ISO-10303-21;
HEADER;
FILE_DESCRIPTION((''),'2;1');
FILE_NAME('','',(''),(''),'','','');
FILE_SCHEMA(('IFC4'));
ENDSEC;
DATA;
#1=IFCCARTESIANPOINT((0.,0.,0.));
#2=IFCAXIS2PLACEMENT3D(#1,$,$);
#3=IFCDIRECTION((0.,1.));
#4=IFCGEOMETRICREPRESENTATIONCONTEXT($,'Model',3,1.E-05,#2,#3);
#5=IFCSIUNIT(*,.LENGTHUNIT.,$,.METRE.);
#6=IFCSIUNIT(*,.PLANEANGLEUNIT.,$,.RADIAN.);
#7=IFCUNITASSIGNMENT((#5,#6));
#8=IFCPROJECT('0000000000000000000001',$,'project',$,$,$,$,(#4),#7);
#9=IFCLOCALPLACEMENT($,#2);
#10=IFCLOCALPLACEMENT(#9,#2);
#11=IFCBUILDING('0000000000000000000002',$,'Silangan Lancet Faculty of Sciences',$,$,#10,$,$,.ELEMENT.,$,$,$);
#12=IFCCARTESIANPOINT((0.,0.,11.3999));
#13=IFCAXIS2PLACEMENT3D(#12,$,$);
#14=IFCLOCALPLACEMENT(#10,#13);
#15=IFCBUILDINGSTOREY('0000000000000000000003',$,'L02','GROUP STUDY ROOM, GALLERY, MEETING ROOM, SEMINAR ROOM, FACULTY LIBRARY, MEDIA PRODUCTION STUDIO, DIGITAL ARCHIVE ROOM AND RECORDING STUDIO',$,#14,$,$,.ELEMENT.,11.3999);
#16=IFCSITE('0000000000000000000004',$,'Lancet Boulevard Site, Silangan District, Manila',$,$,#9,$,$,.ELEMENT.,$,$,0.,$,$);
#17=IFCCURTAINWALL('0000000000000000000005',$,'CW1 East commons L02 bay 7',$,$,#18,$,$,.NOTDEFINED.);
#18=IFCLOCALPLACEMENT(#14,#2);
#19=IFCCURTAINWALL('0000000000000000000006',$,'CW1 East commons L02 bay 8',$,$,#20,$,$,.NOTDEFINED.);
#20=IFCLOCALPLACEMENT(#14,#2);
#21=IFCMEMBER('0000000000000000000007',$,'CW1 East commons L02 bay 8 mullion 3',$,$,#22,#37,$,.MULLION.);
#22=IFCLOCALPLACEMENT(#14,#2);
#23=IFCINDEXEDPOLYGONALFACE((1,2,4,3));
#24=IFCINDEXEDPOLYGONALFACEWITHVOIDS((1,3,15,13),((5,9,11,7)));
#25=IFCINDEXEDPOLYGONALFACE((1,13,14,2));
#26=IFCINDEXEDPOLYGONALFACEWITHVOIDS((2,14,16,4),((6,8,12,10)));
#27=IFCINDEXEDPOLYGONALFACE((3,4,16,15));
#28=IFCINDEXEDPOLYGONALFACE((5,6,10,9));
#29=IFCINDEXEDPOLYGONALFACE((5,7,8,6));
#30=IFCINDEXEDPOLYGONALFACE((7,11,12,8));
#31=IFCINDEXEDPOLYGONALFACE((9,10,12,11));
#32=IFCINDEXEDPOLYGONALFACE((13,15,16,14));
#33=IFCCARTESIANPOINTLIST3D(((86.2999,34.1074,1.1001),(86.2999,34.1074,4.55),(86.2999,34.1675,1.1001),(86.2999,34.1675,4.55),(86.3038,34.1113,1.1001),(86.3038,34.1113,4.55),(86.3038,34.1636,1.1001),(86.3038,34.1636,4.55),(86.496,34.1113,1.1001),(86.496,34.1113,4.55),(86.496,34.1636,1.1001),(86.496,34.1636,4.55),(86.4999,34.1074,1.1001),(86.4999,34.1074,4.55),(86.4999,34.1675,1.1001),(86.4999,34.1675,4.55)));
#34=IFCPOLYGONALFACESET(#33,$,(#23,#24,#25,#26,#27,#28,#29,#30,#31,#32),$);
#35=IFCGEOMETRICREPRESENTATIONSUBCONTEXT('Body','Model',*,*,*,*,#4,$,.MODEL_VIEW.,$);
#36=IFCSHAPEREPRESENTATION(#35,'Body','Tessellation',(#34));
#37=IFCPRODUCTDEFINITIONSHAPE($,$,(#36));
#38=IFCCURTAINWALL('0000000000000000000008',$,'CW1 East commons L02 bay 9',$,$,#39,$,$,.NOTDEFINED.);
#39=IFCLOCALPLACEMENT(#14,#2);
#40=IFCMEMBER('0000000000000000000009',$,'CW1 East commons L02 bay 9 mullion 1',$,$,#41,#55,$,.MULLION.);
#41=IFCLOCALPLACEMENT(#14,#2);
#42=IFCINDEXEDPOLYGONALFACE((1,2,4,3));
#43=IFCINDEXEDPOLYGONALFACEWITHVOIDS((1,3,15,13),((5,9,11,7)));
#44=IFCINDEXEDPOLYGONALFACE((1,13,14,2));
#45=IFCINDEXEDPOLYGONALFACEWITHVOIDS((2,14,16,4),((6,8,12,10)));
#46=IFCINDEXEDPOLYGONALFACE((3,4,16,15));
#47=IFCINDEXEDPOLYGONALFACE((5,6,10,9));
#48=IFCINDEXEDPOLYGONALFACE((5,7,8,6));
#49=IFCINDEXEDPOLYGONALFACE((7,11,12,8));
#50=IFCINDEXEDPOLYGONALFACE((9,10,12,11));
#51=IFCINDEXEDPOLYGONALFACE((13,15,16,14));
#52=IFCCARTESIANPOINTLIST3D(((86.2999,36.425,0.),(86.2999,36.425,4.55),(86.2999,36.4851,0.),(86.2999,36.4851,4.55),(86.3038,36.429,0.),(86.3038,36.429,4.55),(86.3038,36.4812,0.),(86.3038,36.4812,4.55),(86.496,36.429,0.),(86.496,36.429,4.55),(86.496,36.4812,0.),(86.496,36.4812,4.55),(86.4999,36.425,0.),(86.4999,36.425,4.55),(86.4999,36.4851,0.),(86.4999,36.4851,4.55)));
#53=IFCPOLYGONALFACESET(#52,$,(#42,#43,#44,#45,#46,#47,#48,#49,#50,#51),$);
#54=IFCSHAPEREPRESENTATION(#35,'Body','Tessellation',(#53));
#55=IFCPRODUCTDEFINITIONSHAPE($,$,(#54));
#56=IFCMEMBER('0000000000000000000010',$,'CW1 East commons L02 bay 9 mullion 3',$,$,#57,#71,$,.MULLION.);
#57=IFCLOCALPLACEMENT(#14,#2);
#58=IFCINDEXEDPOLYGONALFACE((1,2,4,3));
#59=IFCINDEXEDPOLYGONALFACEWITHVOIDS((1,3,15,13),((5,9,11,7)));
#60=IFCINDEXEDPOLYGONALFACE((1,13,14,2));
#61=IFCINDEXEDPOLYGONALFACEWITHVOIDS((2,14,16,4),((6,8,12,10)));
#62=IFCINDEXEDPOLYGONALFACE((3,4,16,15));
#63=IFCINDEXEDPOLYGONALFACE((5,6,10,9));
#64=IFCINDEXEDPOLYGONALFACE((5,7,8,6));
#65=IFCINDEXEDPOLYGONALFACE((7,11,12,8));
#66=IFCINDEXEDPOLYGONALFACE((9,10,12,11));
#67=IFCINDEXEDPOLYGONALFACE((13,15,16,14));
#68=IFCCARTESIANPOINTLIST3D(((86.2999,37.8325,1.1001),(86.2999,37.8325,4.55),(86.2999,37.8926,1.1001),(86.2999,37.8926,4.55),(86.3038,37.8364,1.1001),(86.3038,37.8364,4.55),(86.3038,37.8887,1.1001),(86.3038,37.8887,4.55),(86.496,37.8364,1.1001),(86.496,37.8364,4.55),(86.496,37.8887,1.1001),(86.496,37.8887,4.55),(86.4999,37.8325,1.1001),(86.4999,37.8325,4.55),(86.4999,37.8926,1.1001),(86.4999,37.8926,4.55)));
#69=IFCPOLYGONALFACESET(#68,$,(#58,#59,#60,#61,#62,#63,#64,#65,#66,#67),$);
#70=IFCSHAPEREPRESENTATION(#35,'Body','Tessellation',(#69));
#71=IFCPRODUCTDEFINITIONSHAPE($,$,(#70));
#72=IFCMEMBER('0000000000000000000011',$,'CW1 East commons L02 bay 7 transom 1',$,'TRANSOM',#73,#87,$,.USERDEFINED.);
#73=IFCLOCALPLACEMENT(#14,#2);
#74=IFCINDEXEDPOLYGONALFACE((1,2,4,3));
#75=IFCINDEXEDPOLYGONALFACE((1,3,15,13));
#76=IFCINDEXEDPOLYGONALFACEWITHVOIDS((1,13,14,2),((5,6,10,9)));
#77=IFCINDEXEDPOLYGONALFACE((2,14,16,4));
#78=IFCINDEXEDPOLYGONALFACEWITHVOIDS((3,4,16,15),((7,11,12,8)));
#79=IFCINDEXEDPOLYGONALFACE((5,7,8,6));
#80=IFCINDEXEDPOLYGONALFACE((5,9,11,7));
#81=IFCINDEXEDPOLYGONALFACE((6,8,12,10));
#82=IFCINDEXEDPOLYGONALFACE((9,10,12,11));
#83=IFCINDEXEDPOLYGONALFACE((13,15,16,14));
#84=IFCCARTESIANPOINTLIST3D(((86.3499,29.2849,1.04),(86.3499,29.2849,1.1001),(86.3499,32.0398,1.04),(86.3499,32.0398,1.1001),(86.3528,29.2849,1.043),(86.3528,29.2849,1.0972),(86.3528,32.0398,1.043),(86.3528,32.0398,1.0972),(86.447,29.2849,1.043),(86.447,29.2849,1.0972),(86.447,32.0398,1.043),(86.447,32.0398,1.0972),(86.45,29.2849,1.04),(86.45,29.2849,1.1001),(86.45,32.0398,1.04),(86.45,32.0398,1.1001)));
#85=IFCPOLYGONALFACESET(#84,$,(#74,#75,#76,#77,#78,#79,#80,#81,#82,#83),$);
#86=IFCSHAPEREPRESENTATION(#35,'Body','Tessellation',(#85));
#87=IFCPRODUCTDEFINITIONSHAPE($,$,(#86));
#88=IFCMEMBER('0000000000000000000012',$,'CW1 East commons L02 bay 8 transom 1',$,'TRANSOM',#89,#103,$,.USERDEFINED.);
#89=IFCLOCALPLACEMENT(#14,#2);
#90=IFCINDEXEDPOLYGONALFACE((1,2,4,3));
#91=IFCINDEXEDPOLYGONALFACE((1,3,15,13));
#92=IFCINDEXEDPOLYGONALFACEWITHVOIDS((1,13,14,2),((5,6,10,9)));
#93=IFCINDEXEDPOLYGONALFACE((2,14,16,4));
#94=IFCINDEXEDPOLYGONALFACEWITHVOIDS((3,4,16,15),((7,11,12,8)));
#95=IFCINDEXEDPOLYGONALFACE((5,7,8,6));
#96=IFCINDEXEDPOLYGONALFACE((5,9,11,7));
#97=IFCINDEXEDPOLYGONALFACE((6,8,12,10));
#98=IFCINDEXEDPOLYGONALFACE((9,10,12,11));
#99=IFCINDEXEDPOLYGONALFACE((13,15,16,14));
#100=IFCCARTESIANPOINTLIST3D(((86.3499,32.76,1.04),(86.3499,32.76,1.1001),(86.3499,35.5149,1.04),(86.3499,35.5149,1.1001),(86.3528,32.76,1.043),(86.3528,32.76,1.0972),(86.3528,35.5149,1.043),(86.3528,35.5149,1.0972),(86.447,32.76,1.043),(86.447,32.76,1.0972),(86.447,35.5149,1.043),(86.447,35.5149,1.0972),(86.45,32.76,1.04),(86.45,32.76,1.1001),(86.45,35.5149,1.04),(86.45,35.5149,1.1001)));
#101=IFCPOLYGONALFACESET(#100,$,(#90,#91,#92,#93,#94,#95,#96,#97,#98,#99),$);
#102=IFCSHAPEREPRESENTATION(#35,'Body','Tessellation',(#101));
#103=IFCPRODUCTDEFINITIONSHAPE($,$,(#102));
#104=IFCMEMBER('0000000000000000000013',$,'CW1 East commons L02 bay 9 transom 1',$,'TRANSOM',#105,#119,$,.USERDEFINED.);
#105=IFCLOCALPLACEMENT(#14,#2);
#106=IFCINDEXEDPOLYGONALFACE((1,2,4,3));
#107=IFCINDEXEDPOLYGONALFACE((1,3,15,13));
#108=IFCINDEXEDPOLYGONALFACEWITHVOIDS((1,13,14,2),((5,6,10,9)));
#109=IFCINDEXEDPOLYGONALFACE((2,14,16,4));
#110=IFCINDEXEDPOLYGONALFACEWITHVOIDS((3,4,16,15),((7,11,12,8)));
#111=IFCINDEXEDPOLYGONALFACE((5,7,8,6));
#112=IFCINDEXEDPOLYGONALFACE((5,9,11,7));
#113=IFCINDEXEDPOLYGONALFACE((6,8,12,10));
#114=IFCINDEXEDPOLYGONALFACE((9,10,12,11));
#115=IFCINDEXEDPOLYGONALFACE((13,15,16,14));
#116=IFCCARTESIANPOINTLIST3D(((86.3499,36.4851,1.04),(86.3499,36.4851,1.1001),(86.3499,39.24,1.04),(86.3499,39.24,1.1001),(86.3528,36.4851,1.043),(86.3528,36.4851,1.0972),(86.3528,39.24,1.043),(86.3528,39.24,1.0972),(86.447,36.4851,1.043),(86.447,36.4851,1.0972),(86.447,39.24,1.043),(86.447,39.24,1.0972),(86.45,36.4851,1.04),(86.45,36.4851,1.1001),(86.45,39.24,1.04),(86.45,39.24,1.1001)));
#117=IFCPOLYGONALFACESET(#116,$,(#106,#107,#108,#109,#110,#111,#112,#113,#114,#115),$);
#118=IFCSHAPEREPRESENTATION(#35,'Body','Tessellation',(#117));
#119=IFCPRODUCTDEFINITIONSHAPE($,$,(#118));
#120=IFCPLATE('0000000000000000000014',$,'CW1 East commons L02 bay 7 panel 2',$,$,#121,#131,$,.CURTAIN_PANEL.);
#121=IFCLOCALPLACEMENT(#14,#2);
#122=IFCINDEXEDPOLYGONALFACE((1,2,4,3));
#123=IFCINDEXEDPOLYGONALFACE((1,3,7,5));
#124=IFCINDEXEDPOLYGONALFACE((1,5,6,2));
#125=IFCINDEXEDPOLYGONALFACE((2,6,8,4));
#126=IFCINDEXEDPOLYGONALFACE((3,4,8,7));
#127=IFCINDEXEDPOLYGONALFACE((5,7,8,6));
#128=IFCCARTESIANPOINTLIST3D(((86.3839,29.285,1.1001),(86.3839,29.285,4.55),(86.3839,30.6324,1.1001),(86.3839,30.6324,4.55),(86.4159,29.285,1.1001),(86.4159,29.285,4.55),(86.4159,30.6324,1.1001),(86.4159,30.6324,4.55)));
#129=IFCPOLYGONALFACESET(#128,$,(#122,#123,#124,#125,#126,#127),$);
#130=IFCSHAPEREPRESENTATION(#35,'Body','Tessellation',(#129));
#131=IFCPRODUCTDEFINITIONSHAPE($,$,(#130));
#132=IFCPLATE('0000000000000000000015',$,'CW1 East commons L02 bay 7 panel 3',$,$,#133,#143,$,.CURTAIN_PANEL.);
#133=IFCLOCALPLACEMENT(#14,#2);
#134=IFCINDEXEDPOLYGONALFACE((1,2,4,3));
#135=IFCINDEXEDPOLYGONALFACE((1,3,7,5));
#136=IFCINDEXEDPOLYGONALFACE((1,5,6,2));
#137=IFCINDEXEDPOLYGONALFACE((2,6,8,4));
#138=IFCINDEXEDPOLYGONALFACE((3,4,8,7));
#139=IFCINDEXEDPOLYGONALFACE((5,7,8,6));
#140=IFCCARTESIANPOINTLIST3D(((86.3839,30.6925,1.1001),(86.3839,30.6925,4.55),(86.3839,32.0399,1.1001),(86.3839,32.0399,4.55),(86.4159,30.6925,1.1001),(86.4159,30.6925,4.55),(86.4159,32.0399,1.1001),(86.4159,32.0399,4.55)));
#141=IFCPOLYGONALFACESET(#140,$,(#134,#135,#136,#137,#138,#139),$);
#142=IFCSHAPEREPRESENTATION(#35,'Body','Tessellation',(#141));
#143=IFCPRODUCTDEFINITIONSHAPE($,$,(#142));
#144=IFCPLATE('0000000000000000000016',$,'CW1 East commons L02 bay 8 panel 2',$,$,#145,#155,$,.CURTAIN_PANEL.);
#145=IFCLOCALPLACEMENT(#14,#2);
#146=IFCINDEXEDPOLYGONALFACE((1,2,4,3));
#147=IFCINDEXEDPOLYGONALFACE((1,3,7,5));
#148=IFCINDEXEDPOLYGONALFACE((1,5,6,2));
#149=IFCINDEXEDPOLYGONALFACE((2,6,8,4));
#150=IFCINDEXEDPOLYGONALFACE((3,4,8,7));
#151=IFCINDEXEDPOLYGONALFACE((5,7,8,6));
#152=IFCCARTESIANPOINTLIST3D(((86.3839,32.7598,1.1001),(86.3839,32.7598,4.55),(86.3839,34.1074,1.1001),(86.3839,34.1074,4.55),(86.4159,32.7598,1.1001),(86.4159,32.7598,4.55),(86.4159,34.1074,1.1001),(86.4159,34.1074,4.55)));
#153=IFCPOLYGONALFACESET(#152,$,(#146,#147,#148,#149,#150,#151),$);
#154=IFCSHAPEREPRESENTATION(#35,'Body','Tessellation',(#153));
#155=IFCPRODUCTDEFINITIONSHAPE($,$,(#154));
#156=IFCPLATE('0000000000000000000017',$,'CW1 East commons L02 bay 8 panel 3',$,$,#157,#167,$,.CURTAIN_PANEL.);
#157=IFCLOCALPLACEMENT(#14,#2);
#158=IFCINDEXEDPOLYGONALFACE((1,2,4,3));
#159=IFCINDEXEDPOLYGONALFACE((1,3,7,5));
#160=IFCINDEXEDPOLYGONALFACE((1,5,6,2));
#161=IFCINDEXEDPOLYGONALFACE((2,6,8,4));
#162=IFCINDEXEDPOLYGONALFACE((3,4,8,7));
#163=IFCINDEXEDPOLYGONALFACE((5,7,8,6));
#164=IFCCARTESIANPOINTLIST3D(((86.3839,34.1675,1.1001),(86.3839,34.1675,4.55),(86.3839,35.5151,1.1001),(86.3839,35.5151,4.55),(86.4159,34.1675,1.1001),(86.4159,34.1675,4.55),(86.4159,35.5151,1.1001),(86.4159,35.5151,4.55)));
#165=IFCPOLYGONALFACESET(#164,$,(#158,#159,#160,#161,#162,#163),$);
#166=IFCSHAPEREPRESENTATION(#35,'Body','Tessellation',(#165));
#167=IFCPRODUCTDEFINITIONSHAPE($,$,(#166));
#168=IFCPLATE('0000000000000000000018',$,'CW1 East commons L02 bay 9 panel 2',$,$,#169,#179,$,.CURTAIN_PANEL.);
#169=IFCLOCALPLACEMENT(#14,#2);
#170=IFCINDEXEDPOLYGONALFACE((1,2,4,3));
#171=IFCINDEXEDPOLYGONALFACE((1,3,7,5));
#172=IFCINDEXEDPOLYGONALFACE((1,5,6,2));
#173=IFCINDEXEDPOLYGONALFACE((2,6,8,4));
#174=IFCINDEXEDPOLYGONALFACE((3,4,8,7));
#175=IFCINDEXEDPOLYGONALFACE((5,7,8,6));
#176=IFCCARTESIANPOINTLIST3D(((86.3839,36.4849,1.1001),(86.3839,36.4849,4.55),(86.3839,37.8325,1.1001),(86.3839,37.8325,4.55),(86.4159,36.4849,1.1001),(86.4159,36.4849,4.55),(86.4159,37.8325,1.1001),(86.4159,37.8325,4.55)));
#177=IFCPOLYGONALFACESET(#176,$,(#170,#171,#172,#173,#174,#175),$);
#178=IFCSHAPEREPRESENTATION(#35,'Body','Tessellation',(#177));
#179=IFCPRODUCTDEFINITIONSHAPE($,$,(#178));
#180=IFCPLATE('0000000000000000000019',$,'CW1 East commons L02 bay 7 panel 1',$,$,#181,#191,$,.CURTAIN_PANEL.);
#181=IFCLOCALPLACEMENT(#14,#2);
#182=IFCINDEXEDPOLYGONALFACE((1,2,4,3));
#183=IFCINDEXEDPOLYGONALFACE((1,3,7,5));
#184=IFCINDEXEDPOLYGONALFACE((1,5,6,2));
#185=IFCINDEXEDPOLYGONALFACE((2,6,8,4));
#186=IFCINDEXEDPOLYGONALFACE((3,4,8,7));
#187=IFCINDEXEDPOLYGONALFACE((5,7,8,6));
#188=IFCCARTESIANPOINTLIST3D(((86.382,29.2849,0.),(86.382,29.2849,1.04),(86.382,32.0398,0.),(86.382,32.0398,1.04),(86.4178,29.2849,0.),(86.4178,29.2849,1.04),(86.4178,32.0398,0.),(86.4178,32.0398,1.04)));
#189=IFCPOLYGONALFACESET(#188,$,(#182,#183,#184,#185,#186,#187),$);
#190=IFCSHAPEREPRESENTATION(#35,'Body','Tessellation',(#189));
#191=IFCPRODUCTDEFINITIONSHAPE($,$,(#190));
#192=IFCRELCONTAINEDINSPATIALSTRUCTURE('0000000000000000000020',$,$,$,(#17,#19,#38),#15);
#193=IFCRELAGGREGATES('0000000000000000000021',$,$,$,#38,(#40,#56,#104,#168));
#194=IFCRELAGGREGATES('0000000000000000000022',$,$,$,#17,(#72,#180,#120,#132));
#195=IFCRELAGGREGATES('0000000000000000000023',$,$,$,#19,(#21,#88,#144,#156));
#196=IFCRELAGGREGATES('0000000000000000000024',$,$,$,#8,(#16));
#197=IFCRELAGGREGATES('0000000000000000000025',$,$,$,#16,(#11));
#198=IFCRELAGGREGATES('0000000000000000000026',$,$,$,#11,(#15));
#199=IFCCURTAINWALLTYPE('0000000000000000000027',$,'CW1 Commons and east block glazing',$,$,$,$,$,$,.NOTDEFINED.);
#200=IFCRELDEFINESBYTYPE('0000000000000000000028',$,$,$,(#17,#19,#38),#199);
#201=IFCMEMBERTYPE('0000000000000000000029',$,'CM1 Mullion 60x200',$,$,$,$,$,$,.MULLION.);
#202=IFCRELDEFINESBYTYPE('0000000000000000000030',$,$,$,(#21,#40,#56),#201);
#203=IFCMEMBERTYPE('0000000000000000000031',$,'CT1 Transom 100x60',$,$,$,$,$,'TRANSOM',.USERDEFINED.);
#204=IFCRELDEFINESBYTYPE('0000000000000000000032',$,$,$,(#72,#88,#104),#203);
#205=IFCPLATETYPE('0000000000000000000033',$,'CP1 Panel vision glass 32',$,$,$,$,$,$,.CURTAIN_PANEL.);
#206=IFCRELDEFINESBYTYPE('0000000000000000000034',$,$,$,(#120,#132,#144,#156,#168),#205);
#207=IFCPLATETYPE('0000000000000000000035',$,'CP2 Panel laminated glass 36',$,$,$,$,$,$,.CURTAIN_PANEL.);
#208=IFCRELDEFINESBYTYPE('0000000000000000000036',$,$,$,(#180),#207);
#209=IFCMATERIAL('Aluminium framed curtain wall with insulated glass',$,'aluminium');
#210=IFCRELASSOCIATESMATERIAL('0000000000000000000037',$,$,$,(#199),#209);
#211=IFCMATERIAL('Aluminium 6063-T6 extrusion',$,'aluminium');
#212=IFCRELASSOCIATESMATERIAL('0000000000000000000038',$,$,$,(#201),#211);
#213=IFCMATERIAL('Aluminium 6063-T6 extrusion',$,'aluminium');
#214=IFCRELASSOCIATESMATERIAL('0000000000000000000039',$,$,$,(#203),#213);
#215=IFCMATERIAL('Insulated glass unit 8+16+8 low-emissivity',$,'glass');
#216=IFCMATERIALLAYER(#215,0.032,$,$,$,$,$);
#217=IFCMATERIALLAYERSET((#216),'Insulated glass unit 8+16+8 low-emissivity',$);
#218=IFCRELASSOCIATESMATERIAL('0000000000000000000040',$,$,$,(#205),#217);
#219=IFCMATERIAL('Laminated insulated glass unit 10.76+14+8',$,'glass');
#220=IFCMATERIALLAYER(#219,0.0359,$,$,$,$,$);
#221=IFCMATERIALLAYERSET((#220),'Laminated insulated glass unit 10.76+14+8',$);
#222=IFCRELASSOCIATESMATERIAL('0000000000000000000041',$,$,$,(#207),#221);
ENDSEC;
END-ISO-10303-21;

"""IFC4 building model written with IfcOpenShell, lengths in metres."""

from ifc_helpers import new_model, si_unit, direction, frame, origin, origin_2d, place, context, subcontext, project, spatial, rectangle, hollow_rectangle, extrude, material, layer, layer_set, material_profile, profile_set, type_object, element, aggregate, save


model = new_model("IFC4")

# Units and contexts
model_context = context("Model", 3, precision=1e-05, world=origin(), true_north=direction((0.0, 1.0)))
body_context = subcontext(model_context, "Body", "Model", "MODEL_VIEW")
ifc_project = project(units=[si_unit("LENGTHUNIT", "METRE"), si_unit("PLANEANGLEUNIT", "RADIAN")], contexts=[model_context])

# Site, building, storey
site_placement = place(None, origin())
site = spatial("IfcSite", under=ifc_project, at=site_placement, Name="Lancet Boulevard Site, Silangan District, Manila", CompositionType="ELEMENT", RefElevation=0.0)
building_placement = place(site_placement, origin())
building = spatial("IfcBuilding", under=site, at=building_placement, Name="Silangan Lancet Faculty of Sciences", CompositionType="ELEMENT")
storey_placement = place(building_placement, frame((0.0, 0.0, 11.3999)))
storey = spatial("IfcBuildingStorey", under=building, at=storey_placement, Name="L02", Description="GROUP STUDY ROOM, GALLERY, MEETING ROOM, SEMINAR ROOM, FACULTY LIBRARY, MEDIA PRODUCTION STUDIO, DIGITAL ARCHIVE ROOM AND RECORDING STUDIO", CompositionType="ELEMENT", Elevation=11.3999)

# Curtain walls, members
ifc_material_1 = material(Name="Aluminium framed curtain wall with insulated glass", Category="aluminium")
curtain_wall_type = type_object("IfcCurtainWallType", Name="CW1 Commons and east block glazing", PredefinedType="NOTDEFINED", material=ifc_material_1)
curtain_wall_1_placement = place(storey_placement, origin())
curtain_wall_1 = element("IfcCurtainWall", 1, at=curtain_wall_1_placement, inside=storey, type_object=curtain_wall_type, Name="CW1 East commons L02 bay 7", PredefinedType="NOTDEFINED")
ifc_material_2 = material(Name="Aluminium 6063-T6 extrusion", Category="aluminium")
ifc_material_profile_1 = material_profile(ifc_material_2, hollow_rectangle(XDim=0.0601, YDim=0.2, WallThickness=0.0039, at=origin_2d()), Name="AL BOX 60x200x4")
ifc_profile_set_1 = profile_set([ifc_material_profile_1], Name="Aluminium 6063-T6 extrusion")
member_type_1 = type_object("IfcMemberType", Name="CM1 Mullion 60x200", PredefinedType="MULLION", material=ifc_profile_set_1)
curtain_wall_2_placement = place(storey_placement, origin())
curtain_wall_2 = element("IfcCurtainWall", 2, at=curtain_wall_2_placement, inside=storey, type_object=curtain_wall_type, Name="CW1 East commons L02 bay 8", PredefinedType="NOTDEFINED")
member_1_placement = place(storey_placement, frame((86.3999, 34.1375, 1.1001), z_axis=(0.0, 0.0, 1.0), x_axis=(0.0, 1.0, 0.0)))
member_1 = element("IfcMember", 3, at=member_1_placement, type_object=member_type_1, Name="CW1 East commons L02 bay 8 mullion 3", PredefinedType="MULLION", context=body_context, shape_type="SweptSolid", body=[
    extrude(hollow_rectangle(XDim=0.0601, YDim=0.2, WallThickness=0.0039, at=origin_2d()), origin(), (0.0, 0.0, 1.0), 3.45),
])
curtain_wall_3_placement = place(storey_placement, origin())
curtain_wall_3 = element("IfcCurtainWall", 4, at=curtain_wall_3_placement, inside=storey, type_object=curtain_wall_type, Name="CW1 East commons L02 bay 9", PredefinedType="NOTDEFINED")
member_2_placement = place(storey_placement, frame((86.3999, 36.4551, 0.0), z_axis=(0.0, 0.0, 1.0), x_axis=(0.0, 1.0, 0.0)))
member_2 = element("IfcMember", 5, at=member_2_placement, type_object=member_type_1, Name="CW1 East commons L02 bay 9 mullion 1", PredefinedType="MULLION", context=body_context, shape_type="SweptSolid", body=[
    extrude(hollow_rectangle(XDim=0.0601, YDim=0.2, WallThickness=0.0039, at=origin_2d()), origin(), (0.0, 0.0, 1.0), 4.55),
])
member_3_placement = place(storey_placement, frame((86.3999, 37.8625, 1.1001), z_axis=(0.0, 0.0, 1.0), x_axis=(0.0, 1.0, 0.0)))
member_3 = element("IfcMember", 6, at=member_3_placement, type_object=member_type_1, Name="CW1 East commons L02 bay 9 mullion 3", PredefinedType="MULLION", context=body_context, shape_type="SweptSolid", body=[
    extrude(hollow_rectangle(XDim=0.0601, YDim=0.2, WallThickness=0.0039, at=origin_2d()), origin(), (0.0, 0.0, 1.0), 3.45),
])

# Members
ifc_material_3 = material(Name="Aluminium 6063-T6 extrusion", Category="aluminium")
ifc_material_profile_2 = material_profile(ifc_material_3, hollow_rectangle(XDim=0.1001, YDim=0.0601, WallThickness=0.0029, at=origin_2d()), Name="AL BOX 100x60x3")
ifc_profile_set_2 = profile_set([ifc_material_profile_2], Name="Aluminium 6063-T6 extrusion")
member_type_2 = type_object("IfcMemberType", Name="CT1 Transom 100x60", ElementType="TRANSOM", PredefinedType="USERDEFINED", material=ifc_profile_set_2)
member_4_placement = place(storey_placement, frame((86.3999, 29.2849, 1.0701), z_axis=(0.0, 1.0, 0.0), x_axis=(-1.0, 0.0, 0.0)))
member_4 = element("IfcMember", 7, at=member_4_placement, type_object=member_type_2, Name="CW1 East commons L02 bay 7 transom 1", ObjectType="TRANSOM", PredefinedType="USERDEFINED", context=body_context, shape_type="SweptSolid", body=[
    extrude(hollow_rectangle(XDim=0.1001, YDim=0.0601, WallThickness=0.0029, at=origin_2d()), origin(), (0.0, 0.0, 1.0), 2.7549),
])
member_5_placement = place(storey_placement, frame((86.3999, 32.76, 1.0701), z_axis=(0.0, 1.0, 0.0), x_axis=(-1.0, 0.0, 0.0)))
member_5 = element("IfcMember", 8, at=member_5_placement, type_object=member_type_2, Name="CW1 East commons L02 bay 8 transom 1", ObjectType="TRANSOM", PredefinedType="USERDEFINED", context=body_context, shape_type="SweptSolid", body=[
    extrude(hollow_rectangle(XDim=0.1001, YDim=0.0601, WallThickness=0.0029, at=origin_2d()), origin(), (0.0, 0.0, 1.0), 2.7549),
])
member_6_placement = place(storey_placement, frame((86.3999, 36.4851, 1.0701), z_axis=(0.0, 1.0, 0.0), x_axis=(-1.0, 0.0, 0.0)))
member_6 = element("IfcMember", 9, at=member_6_placement, type_object=member_type_2, Name="CW1 East commons L02 bay 9 transom 1", ObjectType="TRANSOM", PredefinedType="USERDEFINED", context=body_context, shape_type="SweptSolid", body=[
    extrude(hollow_rectangle(XDim=0.1001, YDim=0.0601, WallThickness=0.0029, at=origin_2d()), origin(), (0.0, 0.0, 1.0), 2.7549),
])

# Plates
ifc_material_4 = material(Name="Insulated glass unit 8+16+8 low-emissivity", Category="glass")
ifc_layer_1 = layer(ifc_material_4, 0.032)
ifc_layer_set_1 = layer_set([ifc_layer_1], Name="Insulated glass unit 8+16+8 low-emissivity")
plate_type_1 = type_object("IfcPlateType", Name="CP1 Panel vision glass 32", PredefinedType="CURTAIN_PANEL", material=ifc_layer_set_1)
plate_1_placement = place(storey_placement, frame((86.3999, 29.9587, 1.1001), z_axis=(0.0, 0.0, 1.0), x_axis=(0.0, 1.0, 0.0)))
plate_1 = element("IfcPlate", 10, at=plate_1_placement, type_object=plate_type_1, Name="CW1 East commons L02 bay 7 panel 2", PredefinedType="CURTAIN_PANEL", context=body_context, shape_type="SweptSolid", body=[
    extrude(rectangle(XDim=1.3474, YDim=0.032, at=origin_2d()), origin(), (0.0, 0.0, 1.0), 3.45),
])
plate_2_placement = place(storey_placement, frame((86.3999, 31.3662, 1.1001), z_axis=(0.0, 0.0, 1.0), x_axis=(0.0, 1.0, 0.0)))
plate_2 = element("IfcPlate", 11, at=plate_2_placement, type_object=plate_type_1, Name="CW1 East commons L02 bay 7 panel 3", PredefinedType="CURTAIN_PANEL", context=body_context, shape_type="SweptSolid", body=[
    extrude(rectangle(XDim=1.3474, YDim=0.032, at=origin_2d()), origin(), (0.0, 0.0, 1.0), 3.45),
])
plate_3_placement = place(storey_placement, frame((86.3999, 33.4336, 1.1001), z_axis=(0.0, 0.0, 1.0), x_axis=(0.0, 1.0, 0.0)))
plate_3 = element("IfcPlate", 12, at=plate_3_placement, type_object=plate_type_1, Name="CW1 East commons L02 bay 8 panel 2", PredefinedType="CURTAIN_PANEL", context=body_context, shape_type="SweptSolid", body=[
    extrude(rectangle(XDim=1.3477, YDim=0.032, at=origin_2d()), origin(), (0.0, 0.0, 1.0), 3.45),
])
plate_4_placement = place(storey_placement, frame((86.3999, 34.8413, 1.1001), z_axis=(0.0, 0.0, 1.0), x_axis=(0.0, 1.0, 0.0)))
plate_4 = element("IfcPlate", 13, at=plate_4_placement, type_object=plate_type_1, Name="CW1 East commons L02 bay 8 panel 3", PredefinedType="CURTAIN_PANEL", context=body_context, shape_type="SweptSolid", body=[
    extrude(rectangle(XDim=1.3477, YDim=0.032, at=origin_2d()), origin(), (0.0, 0.0, 1.0), 3.45),
])
plate_5_placement = place(storey_placement, frame((86.3999, 37.1587, 1.1001), z_axis=(0.0, 0.0, 1.0), x_axis=(0.0, 1.0, 0.0)))
plate_5 = element("IfcPlate", 14, at=plate_5_placement, type_object=plate_type_1, Name="CW1 East commons L02 bay 9 panel 2", PredefinedType="CURTAIN_PANEL", context=body_context, shape_type="SweptSolid", body=[
    extrude(rectangle(XDim=1.3477, YDim=0.032, at=origin_2d()), origin(), (0.0, 0.0, 1.0), 3.45),
])
aggregate(curtain_wall_3, [member_2, member_3, member_6, plate_5])
ifc_material_5 = material(Name="Laminated insulated glass unit 10.76+14+8", Category="glass")
ifc_layer_2 = layer(ifc_material_5, 0.0359)
ifc_layer_set_2 = layer_set([ifc_layer_2], Name="Laminated insulated glass unit 10.76+14+8")
plate_type_2 = type_object("IfcPlateType", Name="CP2 Panel laminated glass 36", PredefinedType="CURTAIN_PANEL", material=ifc_layer_set_2)
plate_6_placement = place(storey_placement, frame((86.3999, 30.6624, 0.0), z_axis=(0.0, 0.0, 1.0), x_axis=(0.0, 1.0, 0.0)))
plate_6 = element("IfcPlate", 15, at=plate_6_placement, type_object=plate_type_2, Name="CW1 East commons L02 bay 7 panel 1", PredefinedType="CURTAIN_PANEL", context=body_context, shape_type="SweptSolid", body=[
    extrude(rectangle(XDim=2.7549, YDim=0.0359, at=origin_2d()), origin(), (0.0, 0.0, 1.0), 1.04),
])
aggregate(curtain_wall_1, [member_4, plate_6, plate_1, plate_2])
aggregate(curtain_wall_2, [member_1, member_5, plate_3, plate_4])

save(model, "model.ifc")
